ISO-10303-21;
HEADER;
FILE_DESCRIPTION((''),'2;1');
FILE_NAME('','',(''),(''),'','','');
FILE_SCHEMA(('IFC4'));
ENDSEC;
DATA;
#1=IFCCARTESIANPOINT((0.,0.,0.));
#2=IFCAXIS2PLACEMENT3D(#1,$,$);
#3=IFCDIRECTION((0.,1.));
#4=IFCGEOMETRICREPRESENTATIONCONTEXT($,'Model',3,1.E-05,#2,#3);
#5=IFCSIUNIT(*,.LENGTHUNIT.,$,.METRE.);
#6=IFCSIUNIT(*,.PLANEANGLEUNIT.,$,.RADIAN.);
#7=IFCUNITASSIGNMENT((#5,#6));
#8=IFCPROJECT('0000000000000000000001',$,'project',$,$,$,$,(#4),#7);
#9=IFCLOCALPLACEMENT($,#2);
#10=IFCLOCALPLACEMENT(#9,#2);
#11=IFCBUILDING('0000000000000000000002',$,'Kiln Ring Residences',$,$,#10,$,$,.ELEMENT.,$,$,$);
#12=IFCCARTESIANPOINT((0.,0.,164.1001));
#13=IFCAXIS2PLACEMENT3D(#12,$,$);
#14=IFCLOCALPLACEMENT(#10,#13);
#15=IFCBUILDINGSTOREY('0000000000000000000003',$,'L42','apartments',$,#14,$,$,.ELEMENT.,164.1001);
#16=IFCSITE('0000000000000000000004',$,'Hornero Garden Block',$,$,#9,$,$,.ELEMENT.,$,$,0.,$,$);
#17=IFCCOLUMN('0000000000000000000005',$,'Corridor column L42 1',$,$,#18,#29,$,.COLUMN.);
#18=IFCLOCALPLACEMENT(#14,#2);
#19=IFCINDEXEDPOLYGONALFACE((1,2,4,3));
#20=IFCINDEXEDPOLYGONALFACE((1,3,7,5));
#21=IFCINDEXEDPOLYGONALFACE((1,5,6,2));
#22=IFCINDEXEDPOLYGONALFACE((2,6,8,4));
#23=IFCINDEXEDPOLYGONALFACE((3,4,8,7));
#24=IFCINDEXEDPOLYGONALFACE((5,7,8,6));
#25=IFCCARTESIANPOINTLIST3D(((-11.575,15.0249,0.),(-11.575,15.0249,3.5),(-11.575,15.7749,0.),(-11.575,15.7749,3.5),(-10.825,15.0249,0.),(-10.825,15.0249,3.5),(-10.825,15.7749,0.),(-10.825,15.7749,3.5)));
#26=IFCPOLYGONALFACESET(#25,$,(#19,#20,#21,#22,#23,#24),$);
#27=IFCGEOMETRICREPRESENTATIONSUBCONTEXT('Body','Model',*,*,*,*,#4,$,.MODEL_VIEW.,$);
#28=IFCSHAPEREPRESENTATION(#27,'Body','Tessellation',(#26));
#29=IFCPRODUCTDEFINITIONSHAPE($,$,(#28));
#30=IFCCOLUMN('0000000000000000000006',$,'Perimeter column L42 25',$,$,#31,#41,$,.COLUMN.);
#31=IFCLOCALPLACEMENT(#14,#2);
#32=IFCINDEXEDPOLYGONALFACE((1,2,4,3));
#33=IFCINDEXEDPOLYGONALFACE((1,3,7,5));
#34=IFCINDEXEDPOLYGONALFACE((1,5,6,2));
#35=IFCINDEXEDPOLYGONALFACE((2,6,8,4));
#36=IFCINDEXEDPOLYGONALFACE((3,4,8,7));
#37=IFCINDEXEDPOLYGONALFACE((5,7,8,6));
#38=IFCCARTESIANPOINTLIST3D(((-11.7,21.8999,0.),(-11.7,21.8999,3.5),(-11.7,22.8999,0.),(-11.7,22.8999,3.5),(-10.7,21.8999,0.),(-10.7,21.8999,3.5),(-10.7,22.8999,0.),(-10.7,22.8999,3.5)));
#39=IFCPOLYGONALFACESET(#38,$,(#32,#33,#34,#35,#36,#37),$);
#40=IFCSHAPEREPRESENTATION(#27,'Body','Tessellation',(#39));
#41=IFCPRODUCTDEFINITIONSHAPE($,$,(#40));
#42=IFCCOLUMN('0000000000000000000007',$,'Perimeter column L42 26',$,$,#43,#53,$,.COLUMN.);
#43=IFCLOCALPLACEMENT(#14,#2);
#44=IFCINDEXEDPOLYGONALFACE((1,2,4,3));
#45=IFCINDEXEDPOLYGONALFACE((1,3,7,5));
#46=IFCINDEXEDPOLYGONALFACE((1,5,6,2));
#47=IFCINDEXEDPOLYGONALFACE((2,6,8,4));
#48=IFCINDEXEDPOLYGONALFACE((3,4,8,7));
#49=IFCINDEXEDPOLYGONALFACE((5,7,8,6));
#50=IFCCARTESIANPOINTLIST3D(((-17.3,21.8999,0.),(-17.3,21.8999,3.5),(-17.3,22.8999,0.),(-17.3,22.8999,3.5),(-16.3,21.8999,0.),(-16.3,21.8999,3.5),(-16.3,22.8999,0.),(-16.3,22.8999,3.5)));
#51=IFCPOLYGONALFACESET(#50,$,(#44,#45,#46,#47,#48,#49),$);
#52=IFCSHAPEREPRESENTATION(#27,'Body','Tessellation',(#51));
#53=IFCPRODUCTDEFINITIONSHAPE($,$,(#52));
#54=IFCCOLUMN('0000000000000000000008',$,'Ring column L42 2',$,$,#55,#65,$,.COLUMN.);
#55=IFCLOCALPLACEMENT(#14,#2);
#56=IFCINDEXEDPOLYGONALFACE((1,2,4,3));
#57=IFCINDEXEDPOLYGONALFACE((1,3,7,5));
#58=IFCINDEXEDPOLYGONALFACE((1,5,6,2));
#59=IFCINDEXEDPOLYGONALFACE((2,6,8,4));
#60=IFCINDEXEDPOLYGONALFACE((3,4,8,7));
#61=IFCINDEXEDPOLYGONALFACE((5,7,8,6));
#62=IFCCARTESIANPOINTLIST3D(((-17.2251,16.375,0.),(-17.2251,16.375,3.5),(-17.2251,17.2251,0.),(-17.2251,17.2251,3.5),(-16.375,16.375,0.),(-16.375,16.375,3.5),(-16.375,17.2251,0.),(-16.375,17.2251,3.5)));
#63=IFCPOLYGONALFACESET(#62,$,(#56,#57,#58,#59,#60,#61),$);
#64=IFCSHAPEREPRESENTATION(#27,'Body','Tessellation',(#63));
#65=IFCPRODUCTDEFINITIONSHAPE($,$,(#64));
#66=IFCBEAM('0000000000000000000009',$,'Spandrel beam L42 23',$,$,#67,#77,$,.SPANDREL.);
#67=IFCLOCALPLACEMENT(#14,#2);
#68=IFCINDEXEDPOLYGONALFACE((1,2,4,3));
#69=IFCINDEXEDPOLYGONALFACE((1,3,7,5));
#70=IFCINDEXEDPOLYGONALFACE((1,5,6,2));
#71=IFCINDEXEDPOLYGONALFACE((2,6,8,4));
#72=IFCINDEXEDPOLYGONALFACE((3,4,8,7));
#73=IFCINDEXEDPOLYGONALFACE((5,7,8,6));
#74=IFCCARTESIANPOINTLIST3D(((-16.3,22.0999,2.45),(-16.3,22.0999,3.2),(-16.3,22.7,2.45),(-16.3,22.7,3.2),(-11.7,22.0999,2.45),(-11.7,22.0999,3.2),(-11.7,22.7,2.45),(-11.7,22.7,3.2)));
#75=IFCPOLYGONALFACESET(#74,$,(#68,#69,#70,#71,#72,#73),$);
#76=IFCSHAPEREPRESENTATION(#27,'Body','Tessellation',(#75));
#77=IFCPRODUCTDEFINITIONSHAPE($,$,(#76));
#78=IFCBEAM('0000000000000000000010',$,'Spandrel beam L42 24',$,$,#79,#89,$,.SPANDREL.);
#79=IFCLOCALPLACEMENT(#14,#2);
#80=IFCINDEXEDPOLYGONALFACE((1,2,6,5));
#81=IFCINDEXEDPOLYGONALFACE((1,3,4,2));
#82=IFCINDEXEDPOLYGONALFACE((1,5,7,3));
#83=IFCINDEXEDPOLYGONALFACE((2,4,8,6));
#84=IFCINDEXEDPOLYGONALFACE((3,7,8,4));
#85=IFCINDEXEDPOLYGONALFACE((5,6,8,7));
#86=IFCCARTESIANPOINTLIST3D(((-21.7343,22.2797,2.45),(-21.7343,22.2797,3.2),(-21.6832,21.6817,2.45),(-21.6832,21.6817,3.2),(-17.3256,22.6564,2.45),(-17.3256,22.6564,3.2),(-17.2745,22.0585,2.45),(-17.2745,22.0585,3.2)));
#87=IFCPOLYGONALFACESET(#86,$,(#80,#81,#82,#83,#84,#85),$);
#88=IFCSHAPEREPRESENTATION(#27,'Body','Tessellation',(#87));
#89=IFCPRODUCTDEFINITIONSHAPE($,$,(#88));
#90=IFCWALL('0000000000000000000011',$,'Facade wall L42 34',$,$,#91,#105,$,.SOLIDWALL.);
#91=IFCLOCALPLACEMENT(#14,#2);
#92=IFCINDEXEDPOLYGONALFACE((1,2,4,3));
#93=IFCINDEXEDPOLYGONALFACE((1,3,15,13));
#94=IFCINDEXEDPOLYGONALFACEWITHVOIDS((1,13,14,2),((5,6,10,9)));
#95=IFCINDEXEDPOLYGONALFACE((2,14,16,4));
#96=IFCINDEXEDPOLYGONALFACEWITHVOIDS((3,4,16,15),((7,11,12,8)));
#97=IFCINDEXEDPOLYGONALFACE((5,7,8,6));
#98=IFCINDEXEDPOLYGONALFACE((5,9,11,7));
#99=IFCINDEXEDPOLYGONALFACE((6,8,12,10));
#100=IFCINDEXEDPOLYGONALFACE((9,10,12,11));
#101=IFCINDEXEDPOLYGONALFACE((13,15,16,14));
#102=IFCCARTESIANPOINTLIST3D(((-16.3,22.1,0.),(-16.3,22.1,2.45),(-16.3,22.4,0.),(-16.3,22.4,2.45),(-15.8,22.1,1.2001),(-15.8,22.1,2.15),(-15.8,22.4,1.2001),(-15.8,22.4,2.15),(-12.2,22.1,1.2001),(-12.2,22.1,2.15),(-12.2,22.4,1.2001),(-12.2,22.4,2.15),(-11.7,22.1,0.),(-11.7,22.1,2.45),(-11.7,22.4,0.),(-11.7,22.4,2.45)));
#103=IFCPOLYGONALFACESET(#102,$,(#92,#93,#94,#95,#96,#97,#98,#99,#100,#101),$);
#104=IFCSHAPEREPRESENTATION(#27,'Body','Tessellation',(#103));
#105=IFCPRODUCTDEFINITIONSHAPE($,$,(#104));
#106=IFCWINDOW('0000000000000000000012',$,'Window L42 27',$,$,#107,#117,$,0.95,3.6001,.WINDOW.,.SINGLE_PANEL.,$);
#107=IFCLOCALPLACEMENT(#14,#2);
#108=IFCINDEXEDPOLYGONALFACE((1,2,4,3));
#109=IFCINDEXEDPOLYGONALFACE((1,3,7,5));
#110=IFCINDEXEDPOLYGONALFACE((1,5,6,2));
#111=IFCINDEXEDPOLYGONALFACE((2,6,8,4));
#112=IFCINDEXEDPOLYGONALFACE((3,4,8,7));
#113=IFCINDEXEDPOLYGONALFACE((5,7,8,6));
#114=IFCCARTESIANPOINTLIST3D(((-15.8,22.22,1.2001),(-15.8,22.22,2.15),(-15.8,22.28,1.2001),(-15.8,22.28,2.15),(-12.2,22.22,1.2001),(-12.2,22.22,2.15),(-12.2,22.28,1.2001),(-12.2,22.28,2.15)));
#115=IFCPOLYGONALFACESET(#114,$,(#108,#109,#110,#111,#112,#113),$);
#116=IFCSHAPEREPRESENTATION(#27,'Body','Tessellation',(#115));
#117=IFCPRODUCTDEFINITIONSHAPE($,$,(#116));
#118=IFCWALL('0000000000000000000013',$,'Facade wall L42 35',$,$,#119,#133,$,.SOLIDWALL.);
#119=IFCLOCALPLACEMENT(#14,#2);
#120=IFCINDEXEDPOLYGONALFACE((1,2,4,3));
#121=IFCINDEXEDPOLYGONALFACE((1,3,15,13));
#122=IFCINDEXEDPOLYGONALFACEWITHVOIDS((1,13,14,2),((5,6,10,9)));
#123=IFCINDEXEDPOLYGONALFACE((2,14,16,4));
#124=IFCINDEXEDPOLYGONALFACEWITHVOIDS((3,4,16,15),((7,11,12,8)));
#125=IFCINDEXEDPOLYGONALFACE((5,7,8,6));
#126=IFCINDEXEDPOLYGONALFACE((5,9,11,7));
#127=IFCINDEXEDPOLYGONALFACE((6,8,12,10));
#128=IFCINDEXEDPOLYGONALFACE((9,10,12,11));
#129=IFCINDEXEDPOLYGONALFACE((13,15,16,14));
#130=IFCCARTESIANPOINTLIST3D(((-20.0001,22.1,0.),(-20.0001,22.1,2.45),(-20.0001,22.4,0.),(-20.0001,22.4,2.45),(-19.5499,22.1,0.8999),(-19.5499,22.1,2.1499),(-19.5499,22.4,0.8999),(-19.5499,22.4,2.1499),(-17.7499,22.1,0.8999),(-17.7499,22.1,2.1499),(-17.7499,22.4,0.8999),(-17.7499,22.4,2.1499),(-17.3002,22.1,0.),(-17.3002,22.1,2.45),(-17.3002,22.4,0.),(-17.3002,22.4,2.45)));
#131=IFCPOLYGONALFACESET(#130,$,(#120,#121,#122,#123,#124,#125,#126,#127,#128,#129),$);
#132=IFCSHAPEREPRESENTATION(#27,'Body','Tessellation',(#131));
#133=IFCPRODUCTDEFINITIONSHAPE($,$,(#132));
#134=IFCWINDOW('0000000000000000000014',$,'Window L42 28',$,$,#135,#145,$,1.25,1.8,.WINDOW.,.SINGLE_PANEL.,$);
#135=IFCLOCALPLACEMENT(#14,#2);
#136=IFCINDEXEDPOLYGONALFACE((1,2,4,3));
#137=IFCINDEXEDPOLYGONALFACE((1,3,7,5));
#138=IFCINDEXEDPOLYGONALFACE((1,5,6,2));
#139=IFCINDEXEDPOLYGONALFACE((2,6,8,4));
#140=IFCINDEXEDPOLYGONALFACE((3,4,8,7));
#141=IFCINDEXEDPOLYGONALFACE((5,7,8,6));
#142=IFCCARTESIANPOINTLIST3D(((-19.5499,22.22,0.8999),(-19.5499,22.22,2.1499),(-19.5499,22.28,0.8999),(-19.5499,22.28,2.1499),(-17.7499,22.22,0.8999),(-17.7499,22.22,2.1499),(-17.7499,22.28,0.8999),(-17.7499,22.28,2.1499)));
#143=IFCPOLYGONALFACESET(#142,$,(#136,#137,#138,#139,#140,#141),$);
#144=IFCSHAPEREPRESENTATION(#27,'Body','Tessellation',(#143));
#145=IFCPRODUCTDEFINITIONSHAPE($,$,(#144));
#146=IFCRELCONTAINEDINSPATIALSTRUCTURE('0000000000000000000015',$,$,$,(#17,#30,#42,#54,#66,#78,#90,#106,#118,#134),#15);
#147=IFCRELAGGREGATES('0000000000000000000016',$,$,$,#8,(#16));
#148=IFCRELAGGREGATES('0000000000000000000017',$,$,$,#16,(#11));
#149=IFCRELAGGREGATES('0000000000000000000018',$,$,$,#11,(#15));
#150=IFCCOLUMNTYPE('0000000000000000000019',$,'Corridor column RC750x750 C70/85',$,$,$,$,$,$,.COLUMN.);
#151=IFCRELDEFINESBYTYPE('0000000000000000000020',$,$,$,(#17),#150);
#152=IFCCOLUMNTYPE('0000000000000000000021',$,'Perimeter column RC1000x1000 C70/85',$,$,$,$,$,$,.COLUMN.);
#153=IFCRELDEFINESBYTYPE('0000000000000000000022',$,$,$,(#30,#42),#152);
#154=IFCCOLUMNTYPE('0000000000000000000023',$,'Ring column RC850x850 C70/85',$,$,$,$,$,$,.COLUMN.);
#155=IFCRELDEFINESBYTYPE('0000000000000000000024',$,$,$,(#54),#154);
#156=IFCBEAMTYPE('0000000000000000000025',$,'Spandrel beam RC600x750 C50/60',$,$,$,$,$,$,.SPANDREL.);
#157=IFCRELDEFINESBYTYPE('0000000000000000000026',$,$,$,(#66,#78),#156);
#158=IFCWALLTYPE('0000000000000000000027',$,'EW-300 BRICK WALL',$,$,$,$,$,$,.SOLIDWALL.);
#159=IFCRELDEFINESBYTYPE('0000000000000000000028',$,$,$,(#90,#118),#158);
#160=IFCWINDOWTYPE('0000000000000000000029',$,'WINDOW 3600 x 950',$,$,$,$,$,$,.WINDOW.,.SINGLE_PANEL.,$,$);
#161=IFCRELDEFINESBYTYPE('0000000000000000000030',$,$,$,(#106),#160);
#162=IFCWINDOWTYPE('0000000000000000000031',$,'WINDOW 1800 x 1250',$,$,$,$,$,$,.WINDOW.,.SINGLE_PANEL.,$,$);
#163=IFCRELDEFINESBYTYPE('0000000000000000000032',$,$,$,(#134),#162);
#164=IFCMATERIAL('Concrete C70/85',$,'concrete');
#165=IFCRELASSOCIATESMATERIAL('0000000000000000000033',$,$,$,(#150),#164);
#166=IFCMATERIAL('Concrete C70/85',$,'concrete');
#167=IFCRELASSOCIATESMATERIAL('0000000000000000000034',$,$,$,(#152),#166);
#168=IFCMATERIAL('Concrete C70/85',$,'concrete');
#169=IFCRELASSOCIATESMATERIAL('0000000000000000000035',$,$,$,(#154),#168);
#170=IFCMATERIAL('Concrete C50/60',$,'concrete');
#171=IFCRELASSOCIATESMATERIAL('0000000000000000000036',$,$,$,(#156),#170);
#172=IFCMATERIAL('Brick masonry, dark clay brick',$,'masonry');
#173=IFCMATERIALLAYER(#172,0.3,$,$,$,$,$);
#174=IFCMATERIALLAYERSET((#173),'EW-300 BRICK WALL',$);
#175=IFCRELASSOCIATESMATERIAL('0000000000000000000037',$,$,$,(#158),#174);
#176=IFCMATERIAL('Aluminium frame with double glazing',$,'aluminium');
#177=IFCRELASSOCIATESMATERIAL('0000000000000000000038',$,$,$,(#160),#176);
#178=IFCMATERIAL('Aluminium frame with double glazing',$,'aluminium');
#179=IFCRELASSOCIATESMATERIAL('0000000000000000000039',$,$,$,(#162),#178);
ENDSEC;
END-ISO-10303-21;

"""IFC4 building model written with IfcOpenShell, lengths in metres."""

from ifc_helpers import new_model, si_unit, direction, frame, frame_2d, origin, origin_2d, place, context, subcontext, project, spatial, rectangle, extrude, material, layer, layer_set, material_profile, profile_set, type_object, element, fill, save


model = new_model("IFC4")

# Units and contexts
model_context = context("Model", 3, precision=1e-05, world=origin(), true_north=direction((0.0, 1.0)))
body_context = subcontext(model_context, "Body", "Model", "MODEL_VIEW")
ifc_project = project(units=[si_unit("LENGTHUNIT", "METRE"), si_unit("PLANEANGLEUNIT", "RADIAN")], contexts=[model_context])

# Site, building, storey
site_placement = place(None, origin())
site = spatial("IfcSite", under=ifc_project, at=site_placement, Name="Hornero Garden Block", CompositionType="ELEMENT", RefElevation=0.0)
building_placement = place(site_placement, origin())
building = spatial("IfcBuilding", under=site, at=building_placement, Name="Kiln Ring Residences", CompositionType="ELEMENT")
storey_placement = place(building_placement, frame((0.0, 0.0, 164.1001)))
storey = spatial("IfcBuildingStorey", under=building, at=storey_placement, Name="L42", Description="apartments", CompositionType="ELEMENT", Elevation=164.1001)

# Columns
ifc_material_1 = material(Name="Concrete C70/85", Category="concrete")
ifc_material_profile_1 = material_profile(ifc_material_1, rectangle(XDim=0.75, YDim=0.75, at=origin_2d()), Name="RC750x750")
ifc_profile_set_1 = profile_set([ifc_material_profile_1], Name="Concrete C70/85")
column_type_1 = type_object("IfcColumnType", Name="Corridor column RC750x750 C70/85", PredefinedType="COLUMN", material=ifc_profile_set_1)
column_1_placement = place(storey_placement, frame((-11.2, 15.3999, 0.0), z_axis=(0.0, 0.0, 1.0), x_axis=(1.0, 0.0, 0.0)))
element("IfcColumn", 1, at=column_1_placement, inside=storey, type_object=column_type_1, Name="Corridor column L42 1", PredefinedType="COLUMN", context=body_context, shape_type="SweptSolid", body=[
    extrude(rectangle(XDim=0.75, YDim=0.75, at=origin_2d()), origin(), (0.0, 0.0, 1.0), 3.5),
])
ifc_material_2 = material(Name="Concrete C70/85", Category="concrete")
ifc_material_profile_2 = material_profile(ifc_material_2, rectangle(XDim=1.0, YDim=1.0, at=origin_2d()), Name="RC1000x1000")
ifc_profile_set_2 = profile_set([ifc_material_profile_2], Name="Concrete C70/85")
column_type_2 = type_object("IfcColumnType", Name="Perimeter column RC1000x1000 C70/85", PredefinedType="COLUMN", material=ifc_profile_set_2)
for number, where, z_axis, x_axis, name in (
    (2, (-11.2, 22.3999, 0.0), (0.0, 0.0, 1.0), (1.0, 0.0, 0.0), "Perimeter column L42 25"),
    (3, (-16.8, 22.3999, 0.0), (0.0, 0.0, 1.0), (1.0, 0.0, 0.0), "Perimeter column L42 26"),
):
    element("IfcColumn", number, at=place(storey_placement, frame(where, z_axis=z_axis, x_axis=x_axis)), inside=storey, type_object=column_type_2, Name=name, PredefinedType="COLUMN", context=body_context, shape_type="SweptSolid", body=[
        extrude(rectangle(XDim=1.0, YDim=1.0, at=origin_2d()), origin(), (0.0, 0.0, 1.0), 3.5),
    ])
ifc_material_3 = material(Name="Concrete C70/85", Category="concrete")
ifc_material_profile_3 = material_profile(ifc_material_3, rectangle(XDim=0.8501, YDim=0.8501, at=origin_2d()), Name="RC850x850")
ifc_profile_set_3 = profile_set([ifc_material_profile_3], Name="Concrete C70/85")
column_type_3 = type_object("IfcColumnType", Name="Ring column RC850x850 C70/85", PredefinedType="COLUMN", material=ifc_profile_set_3)
column_2_placement = place(storey_placement, frame((-16.8, 16.8, 0.0), z_axis=(0.0, 0.0, 1.0), x_axis=(1.0, 0.0, 0.0)))
element("IfcColumn", 4, at=column_2_placement, inside=storey, type_object=column_type_3, Name="Ring column L42 2", PredefinedType="COLUMN", context=body_context, shape_type="SweptSolid", body=[
    extrude(rectangle(XDim=0.8501, YDim=0.8501, at=origin_2d()), origin(), (0.0, 0.0, 1.0), 3.5),
])

# Beams
ifc_material_4 = material(Name="Concrete C50/60", Category="concrete")
ifc_material_profile_4 = material_profile(ifc_material_4, rectangle(XDim=0.6001, YDim=0.75, at=origin_2d()), Name="RC600x750")
ifc_profile_set_4 = profile_set([ifc_material_profile_4], Name="Concrete C50/60")
beam_type = type_object("IfcBeamType", Name="Spandrel beam RC600x750 C50/60", PredefinedType="SPANDREL", material=ifc_profile_set_4)
beam_1_placement = place(storey_placement, frame((-11.7, 22.3999, 2.825), z_axis=(-1.0, 0.0, 0.0), x_axis=(0.0, -1.0, 0.0)))
element("IfcBeam", 5, at=beam_1_placement, inside=storey, type_object=beam_type, Name="Spandrel beam L42 23", PredefinedType="SPANDREL", context=body_context, shape_type="SweptSolid", body=[
    extrude(rectangle(XDim=0.6001, YDim=0.75, at=origin_2d()), origin(), (0.0, 0.0, 1.0), 4.6001),
])
beam_2_placement = place(storey_placement, frame((-17.3, 22.3574, 2.825), z_axis=(-0.996369, -0.085137, 0.0), x_axis=(0.085137, -0.996369, 0.0)))
element("IfcBeam", 6, at=beam_2_placement, inside=storey, type_object=beam_type, Name="Spandrel beam L42 24", PredefinedType="SPANDREL", context=body_context, shape_type="SweptSolid", body=[
    extrude(rectangle(XDim=0.6001, YDim=0.75, at=origin_2d()), origin(), (0.0, 0.0, 1.0), 4.4248),
])

# Walls, openings, windows
ifc_material_5 = material(Name="Brick masonry, dark clay brick", Category="masonry")
ifc_layer_1 = layer(ifc_material_5, 0.3)
ifc_layer_set_1 = layer_set([ifc_layer_1], Name="EW-300 BRICK WALL")
wall_type_1 = type_object("IfcWallType", Name="EW-300 BRICK WALL", PredefinedType="SOLIDWALL", material=ifc_layer_set_1)
wall_1_placement = place(storey_placement, frame((-11.7, 22.25, 0.0), z_axis=(0.0, 0.0, 1.0), x_axis=(-1.0, 0.0, 0.0)))
wall_1 = element("IfcWall", 7, at=wall_1_placement, inside=storey, type_object=wall_type_1, Name="Facade wall L42 34", PredefinedType="SOLIDWALL", context=body_context, shape_type="SweptSolid", body=[
    extrude(rectangle(XDim=4.6001, YDim=0.3, at=frame_2d((2.3, 0.0))), origin(), (0.0, 0.0, 1.0), 2.45),
])
opening_1_placement = place(wall_1_placement, frame((0.5, 0.0, 1.2)))
opening_1 = element("IfcOpeningElement", 8, at=opening_1_placement, cuts=wall_1, PredefinedType="OPENING", context=body_context, shape_type="SweptSolid", body=[
    extrude(rectangle(XDim=3.6001, YDim=0.95, at=frame_2d((1.8, 0.4751))), frame((0.0, 0.1599, 0.0), z_axis=(0.0, -1.0, 0.0), x_axis=(1.0, 0.0, 0.0)), (0.0, 0.0, 1.0), 0.3201),
])
ifc_material_6 = material(Name="Aluminium frame with double glazing", Category="aluminium")
window_type_1 = type_object("IfcWindowType", Name="WINDOW 3600 x 950", PartitioningType="SINGLE_PANEL", PredefinedType="WINDOW", material=ifc_material_6)
window_1_placement = place(opening_1_placement, origin())
window_1 = element("IfcWindow", 9, at=window_1_placement, inside=storey, type_object=window_type_1, Name="Window L42 27", OverallHeight=0.95, OverallWidth=3.6001, PartitioningType="SINGLE_PANEL", PredefinedType="WINDOW", context=body_context, shape_type="SweptSolid", body=[
    extrude(rectangle(XDim=3.6001, YDim=0.95, at=frame_2d((1.8, 0.4751))), frame((0.0, 0.03, 0.0), z_axis=(0.0, -1.0, 0.0), x_axis=(1.0, 0.0, 0.0)), (0.0, 0.0, 1.0), 0.0601),
])
fill(opening_1, window_1)
wall_2_placement = place(storey_placement, frame((-17.3, 22.25, 0.0), z_axis=(0.0, 0.0, 1.0), x_axis=(-1.0, 0.0, 0.0)))
wall_2 = element("IfcWall", 10, at=wall_2_placement, inside=storey, type_object=wall_type_1, Name="Facade wall L42 35", PredefinedType="SOLIDWALL", context=body_context, shape_type="SweptSolid", body=[
    extrude(rectangle(XDim=2.7, YDim=0.3, at=frame_2d((1.3501, 0.0))), origin(), (0.0, 0.0, 1.0), 2.45),
])
opening_2_placement = place(wall_2_placement, frame((0.45, 0.0, 0.8999)))
opening_2 = element("IfcOpeningElement", 11, at=opening_2_placement, cuts=wall_2, PredefinedType="OPENING", context=body_context, shape_type="SweptSolid", body=[
    extrude(rectangle(XDim=1.8, YDim=1.25, at=frame_2d((0.8999, 0.625))), frame((0.0, 0.1599, 0.0), z_axis=(0.0, -1.0, 0.0), x_axis=(1.0, 0.0, 0.0)), (0.0, 0.0, 1.0), 0.3201),
])
ifc_material_7 = material(Name="Aluminium frame with double glazing", Category="aluminium")
window_type_2 = type_object("IfcWindowType", Name="WINDOW 1800 x 1250", PartitioningType="SINGLE_PANEL", PredefinedType="WINDOW", material=ifc_material_7)
window_2_placement = place(opening_2_placement, origin())
window_2 = element("IfcWindow", 12, at=window_2_placement, inside=storey, type_object=window_type_2, Name="Window L42 28", OverallHeight=1.25, OverallWidth=1.8, PartitioningType="SINGLE_PANEL", PredefinedType="WINDOW", context=body_context, shape_type="SweptSolid", body=[
    extrude(rectangle(XDim=1.8, YDim=1.25, at=frame_2d((0.8999, 0.625))), frame((0.0, 0.03, 0.0), z_axis=(0.0, -1.0, 0.0), x_axis=(1.0, 0.0, 0.0)), (0.0, 0.0, 1.0), 0.0601),
])
fill(opening_2, window_2)

save(model, "model.ifc")
